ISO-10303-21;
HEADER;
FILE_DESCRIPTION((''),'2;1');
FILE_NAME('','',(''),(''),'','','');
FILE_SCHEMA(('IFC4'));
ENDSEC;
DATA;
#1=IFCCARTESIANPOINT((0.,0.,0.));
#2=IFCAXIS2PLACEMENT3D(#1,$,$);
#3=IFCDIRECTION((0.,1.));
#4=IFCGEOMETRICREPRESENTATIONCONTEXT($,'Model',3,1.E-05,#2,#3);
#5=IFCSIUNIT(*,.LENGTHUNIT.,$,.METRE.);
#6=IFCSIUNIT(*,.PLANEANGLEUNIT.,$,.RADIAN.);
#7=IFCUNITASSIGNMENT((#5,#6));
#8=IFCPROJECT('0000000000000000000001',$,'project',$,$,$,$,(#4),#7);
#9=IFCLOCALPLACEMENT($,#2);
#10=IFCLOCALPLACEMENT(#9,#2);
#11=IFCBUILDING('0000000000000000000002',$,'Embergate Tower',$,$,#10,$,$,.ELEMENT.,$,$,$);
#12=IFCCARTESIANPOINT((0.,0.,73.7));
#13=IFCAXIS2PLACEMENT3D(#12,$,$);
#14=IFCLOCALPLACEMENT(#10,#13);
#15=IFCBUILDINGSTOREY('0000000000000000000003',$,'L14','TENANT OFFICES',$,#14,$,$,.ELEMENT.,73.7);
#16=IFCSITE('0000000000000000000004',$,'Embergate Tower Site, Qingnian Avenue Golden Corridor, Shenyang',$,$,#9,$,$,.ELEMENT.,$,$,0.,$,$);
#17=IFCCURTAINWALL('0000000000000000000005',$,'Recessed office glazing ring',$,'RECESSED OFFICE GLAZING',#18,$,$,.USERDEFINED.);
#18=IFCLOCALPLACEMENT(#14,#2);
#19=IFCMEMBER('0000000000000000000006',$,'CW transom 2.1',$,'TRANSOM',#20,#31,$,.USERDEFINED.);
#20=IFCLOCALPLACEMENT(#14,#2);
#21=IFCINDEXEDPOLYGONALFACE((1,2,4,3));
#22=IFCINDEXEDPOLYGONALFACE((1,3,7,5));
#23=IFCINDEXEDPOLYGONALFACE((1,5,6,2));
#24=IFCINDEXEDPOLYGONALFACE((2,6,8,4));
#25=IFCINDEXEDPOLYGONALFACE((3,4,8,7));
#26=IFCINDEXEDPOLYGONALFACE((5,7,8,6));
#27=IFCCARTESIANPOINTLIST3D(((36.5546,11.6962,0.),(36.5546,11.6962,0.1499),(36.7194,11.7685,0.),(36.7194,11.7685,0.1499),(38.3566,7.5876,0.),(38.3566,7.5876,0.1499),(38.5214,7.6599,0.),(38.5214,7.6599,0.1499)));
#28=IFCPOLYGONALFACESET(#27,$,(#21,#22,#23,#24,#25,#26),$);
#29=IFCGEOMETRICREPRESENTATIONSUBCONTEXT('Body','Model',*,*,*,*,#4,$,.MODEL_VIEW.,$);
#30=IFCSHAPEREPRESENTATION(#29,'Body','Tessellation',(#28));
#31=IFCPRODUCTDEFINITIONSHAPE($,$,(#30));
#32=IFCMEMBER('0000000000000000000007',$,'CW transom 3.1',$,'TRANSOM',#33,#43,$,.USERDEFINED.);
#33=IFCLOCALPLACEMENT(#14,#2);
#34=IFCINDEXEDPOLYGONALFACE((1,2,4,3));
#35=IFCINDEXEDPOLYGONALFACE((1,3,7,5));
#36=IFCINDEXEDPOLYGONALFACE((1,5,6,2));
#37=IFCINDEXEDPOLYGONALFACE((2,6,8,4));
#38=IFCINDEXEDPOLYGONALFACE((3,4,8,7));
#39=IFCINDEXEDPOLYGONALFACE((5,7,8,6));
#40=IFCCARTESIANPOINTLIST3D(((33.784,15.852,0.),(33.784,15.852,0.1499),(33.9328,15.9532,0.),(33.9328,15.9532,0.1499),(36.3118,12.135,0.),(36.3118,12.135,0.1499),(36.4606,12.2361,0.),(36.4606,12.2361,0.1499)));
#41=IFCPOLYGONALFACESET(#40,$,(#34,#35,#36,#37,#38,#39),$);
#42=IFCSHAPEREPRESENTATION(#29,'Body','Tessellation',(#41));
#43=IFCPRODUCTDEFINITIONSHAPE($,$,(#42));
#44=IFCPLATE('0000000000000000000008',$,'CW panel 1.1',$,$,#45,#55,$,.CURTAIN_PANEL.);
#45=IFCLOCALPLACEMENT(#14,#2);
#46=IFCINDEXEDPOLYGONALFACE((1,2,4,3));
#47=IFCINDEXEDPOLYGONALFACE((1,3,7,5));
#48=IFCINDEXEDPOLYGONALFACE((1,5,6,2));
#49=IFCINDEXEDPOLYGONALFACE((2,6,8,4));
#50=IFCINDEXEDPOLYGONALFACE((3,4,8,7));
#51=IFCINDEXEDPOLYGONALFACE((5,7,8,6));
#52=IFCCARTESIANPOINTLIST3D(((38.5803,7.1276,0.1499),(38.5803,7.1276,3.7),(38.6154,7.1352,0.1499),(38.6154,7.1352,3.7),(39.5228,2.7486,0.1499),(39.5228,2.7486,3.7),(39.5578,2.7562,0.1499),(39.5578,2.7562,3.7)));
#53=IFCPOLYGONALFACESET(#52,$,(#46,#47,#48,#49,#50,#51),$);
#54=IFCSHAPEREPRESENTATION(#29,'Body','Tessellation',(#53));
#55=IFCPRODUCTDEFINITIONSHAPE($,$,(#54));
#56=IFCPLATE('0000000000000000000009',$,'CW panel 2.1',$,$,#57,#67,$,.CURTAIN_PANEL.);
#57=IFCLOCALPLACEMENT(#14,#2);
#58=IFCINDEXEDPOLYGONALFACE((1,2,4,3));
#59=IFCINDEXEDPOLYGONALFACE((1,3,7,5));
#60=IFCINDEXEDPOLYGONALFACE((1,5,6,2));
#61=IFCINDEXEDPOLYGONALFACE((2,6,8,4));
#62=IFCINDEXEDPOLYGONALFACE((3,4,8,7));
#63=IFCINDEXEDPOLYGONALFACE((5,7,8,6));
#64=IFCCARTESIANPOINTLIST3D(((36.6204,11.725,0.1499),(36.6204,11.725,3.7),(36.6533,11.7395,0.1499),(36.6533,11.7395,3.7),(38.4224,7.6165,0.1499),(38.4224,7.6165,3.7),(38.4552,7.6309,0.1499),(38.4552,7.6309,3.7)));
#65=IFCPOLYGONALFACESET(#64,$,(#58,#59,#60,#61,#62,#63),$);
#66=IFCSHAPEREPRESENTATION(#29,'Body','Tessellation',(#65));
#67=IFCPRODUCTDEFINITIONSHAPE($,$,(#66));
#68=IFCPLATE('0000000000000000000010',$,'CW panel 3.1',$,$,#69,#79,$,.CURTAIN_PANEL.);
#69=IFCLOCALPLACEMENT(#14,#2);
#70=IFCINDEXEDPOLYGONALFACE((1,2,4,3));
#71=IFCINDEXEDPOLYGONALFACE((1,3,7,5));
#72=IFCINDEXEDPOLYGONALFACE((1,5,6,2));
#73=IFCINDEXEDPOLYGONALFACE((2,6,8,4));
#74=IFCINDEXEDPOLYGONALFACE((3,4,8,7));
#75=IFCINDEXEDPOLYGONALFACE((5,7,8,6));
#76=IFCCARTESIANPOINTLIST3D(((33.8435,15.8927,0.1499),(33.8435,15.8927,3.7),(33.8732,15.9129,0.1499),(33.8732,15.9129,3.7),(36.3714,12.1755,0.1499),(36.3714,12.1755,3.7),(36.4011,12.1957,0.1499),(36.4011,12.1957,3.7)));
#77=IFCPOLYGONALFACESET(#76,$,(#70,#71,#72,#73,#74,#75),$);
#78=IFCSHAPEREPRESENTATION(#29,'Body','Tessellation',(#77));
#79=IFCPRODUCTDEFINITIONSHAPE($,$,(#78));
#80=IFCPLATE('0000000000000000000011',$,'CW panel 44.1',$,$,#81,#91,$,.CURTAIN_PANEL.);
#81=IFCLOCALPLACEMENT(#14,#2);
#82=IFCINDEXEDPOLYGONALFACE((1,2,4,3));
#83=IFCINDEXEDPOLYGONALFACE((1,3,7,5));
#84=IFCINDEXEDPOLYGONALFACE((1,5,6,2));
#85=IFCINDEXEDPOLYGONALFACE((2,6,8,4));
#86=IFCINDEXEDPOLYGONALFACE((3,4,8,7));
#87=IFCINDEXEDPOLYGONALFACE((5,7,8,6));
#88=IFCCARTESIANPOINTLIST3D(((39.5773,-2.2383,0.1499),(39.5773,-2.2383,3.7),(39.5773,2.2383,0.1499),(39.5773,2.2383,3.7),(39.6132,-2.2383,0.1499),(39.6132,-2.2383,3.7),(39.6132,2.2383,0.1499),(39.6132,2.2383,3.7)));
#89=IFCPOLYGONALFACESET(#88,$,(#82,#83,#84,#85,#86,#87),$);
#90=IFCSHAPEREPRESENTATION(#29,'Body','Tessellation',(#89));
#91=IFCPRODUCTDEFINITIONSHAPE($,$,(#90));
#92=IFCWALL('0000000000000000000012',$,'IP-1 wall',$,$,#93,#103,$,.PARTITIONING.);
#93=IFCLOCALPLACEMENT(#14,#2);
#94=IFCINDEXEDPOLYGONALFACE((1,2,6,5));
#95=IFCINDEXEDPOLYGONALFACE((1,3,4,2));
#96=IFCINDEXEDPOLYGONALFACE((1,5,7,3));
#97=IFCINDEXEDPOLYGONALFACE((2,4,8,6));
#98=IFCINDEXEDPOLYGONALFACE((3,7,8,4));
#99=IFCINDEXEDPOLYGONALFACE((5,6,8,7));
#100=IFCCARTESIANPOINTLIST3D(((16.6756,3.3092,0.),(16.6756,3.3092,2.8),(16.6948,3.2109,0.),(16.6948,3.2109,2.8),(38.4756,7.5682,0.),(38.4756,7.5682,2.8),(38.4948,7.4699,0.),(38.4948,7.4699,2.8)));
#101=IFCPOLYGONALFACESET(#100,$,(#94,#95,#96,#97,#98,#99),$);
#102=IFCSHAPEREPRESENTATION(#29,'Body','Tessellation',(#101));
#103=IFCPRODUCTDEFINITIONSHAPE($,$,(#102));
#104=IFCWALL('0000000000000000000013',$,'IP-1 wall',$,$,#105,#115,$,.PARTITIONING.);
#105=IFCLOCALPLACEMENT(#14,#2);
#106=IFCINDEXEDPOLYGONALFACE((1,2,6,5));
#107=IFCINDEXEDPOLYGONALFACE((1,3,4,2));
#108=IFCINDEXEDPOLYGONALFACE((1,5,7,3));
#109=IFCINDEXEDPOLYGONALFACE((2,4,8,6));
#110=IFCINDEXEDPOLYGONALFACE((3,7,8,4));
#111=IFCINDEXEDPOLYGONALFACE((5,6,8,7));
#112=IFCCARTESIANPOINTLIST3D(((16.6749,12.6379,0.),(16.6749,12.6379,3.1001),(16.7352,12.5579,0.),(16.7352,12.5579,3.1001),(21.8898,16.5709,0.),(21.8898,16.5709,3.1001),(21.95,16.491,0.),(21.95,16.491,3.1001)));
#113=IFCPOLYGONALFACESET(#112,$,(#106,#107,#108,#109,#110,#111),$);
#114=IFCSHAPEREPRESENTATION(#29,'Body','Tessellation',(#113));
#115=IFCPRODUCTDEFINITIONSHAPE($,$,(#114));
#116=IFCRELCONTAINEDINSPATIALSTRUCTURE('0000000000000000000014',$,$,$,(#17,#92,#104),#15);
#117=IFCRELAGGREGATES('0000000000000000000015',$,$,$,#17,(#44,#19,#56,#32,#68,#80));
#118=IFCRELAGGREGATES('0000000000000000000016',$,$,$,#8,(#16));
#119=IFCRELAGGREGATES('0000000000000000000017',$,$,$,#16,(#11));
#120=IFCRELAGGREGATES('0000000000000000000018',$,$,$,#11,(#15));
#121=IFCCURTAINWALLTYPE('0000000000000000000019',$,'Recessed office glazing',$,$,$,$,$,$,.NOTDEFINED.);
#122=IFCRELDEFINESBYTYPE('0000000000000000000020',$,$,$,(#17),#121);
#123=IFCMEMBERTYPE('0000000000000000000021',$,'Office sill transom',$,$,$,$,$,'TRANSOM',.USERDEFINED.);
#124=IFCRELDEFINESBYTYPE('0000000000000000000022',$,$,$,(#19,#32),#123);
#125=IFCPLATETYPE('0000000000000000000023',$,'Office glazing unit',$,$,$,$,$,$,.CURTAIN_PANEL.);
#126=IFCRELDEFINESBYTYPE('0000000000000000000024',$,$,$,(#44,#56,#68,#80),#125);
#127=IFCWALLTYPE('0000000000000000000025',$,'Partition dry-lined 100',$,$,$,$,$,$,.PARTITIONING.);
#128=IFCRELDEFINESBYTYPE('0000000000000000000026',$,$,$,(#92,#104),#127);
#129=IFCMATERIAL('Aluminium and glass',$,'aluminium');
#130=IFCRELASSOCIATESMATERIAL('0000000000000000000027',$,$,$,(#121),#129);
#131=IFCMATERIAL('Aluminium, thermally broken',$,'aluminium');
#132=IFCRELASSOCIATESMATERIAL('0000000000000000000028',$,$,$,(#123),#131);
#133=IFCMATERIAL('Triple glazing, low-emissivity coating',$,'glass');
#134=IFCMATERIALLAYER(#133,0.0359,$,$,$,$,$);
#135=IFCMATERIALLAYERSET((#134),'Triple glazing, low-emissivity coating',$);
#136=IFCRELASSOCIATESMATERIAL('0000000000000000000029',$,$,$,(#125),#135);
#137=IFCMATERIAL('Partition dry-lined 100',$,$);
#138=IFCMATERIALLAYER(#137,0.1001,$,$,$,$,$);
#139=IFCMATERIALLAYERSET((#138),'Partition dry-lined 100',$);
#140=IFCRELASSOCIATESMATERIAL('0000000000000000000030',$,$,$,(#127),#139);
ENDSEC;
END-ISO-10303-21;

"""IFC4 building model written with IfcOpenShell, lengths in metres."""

from ifc_helpers import new_model, si_unit, direction, frame, frame_2d, origin, origin_2d, place, context, subcontext, project, spatial, rectangle, extrude, source, transform, mapped, material, layer, layer_set, material_profile, profile_set, type_object, element, aggregate, save


model = new_model("IFC4")

# Units and contexts
model_context = context("Model", 3, precision=1e-05, world=origin(), true_north=direction((0.0, 1.0)))
body_context = subcontext(model_context, "Body", "Model", "MODEL_VIEW")
ifc_project = project(units=[si_unit("LENGTHUNIT", "METRE"), si_unit("PLANEANGLEUNIT", "RADIAN")], contexts=[model_context])

# Site, building, storey
site_placement = place(None, origin())
site = spatial("IfcSite", under=ifc_project, at=site_placement, Name="Embergate Tower Site, Qingnian Avenue Golden Corridor, Shenyang", CompositionType="ELEMENT", RefElevation=0.0)
building_placement = place(site_placement, origin())
building = spatial("IfcBuilding", under=site, at=building_placement, Name="Embergate Tower", CompositionType="ELEMENT")
storey_placement = place(building_placement, frame((0.0, 0.0, 73.7)))
storey = spatial("IfcBuildingStorey", under=building, at=storey_placement, Name="L14", Description="TENANT OFFICES", CompositionType="ELEMENT", Elevation=73.7)

# Curtain wall, members, plates
ifc_material_1 = material(Name="Aluminium and glass", Category="aluminium")
curtain_wall_type = type_object("IfcCurtainWallType", Name="Recessed office glazing", PredefinedType="NOTDEFINED", material=ifc_material_1)
curtain_wall_placement = place(storey_placement, origin())
curtain_wall = element("IfcCurtainWall", 1, at=curtain_wall_placement, inside=storey, type_object=curtain_wall_type, Name="Recessed office glazing ring", ObjectType="RECESSED OFFICE GLAZING", PredefinedType="USERDEFINED")
ifc_material_2 = material(Name="Aluminium, thermally broken", Category="aluminium")
ifc_material_profile_1 = material_profile(ifc_material_2, rectangle(XDim=0.1799, YDim=0.1499, at=origin_2d()), Name="AL 150x180")
ifc_profile_set_1 = profile_set([ifc_material_profile_1], Name="Aluminium, thermally broken")
member_type_1 = type_object("IfcMemberType", Name="Office sill transom", ElementType="TRANSOM", PredefinedType="USERDEFINED", material=ifc_profile_set_1)
shared_shape_1 = source(origin(), body_context, "Body", "SweptSolid", [
    extrude(rectangle(XDim=0.1799, YDim=0.1499, at=origin_2d()), origin(), (0.0, 0.0, 1.0), 4.4863),
])
member_1_placement = place(storey_placement, frame((38.439, 7.6238, 0.075), z_axis=(-0.401655, 0.915791, 0.0), x_axis=(-0.915791, -0.401655, 0.0)))
member_1 = element("IfcMember", 2, at=member_1_placement, type_object=member_type_1, Name="CW transom 2.1", ObjectType="TRANSOM", PredefinedType="USERDEFINED", context=body_context, shape_type="MappedRepresentation", body=[
    mapped(shared_shape_1, transform((0.0, 0.0, 0.0))),
])
shared_shape_2 = source(origin(), body_context, "Body", "SweptSolid", [
    extrude(rectangle(XDim=0.1799, YDim=0.1499, at=origin_2d()), origin(), (0.0, 0.0, 1.0), 4.4951),
])
member_2_placement = place(storey_placement, frame((36.3862, 12.1855, 0.075), z_axis=(-0.562347, 0.826901, 0.0), x_axis=(-0.826901, -0.562347, 0.0)))
member_2 = element("IfcMember", 3, at=member_2_placement, type_object=member_type_1, Name="CW transom 3.1", ObjectType="TRANSOM", PredefinedType="USERDEFINED", context=body_context, shape_type="MappedRepresentation", body=[
    mapped(shared_shape_2, transform((0.0, 0.0, 0.0))),
])
ifc_material_3 = material(Name="Triple glazing, low-emissivity coating", Category="glass")
ifc_layer_1 = layer(ifc_material_3, 0.0359)
ifc_layer_set_1 = layer_set([ifc_layer_1], Name="Triple glazing, low-emissivity coating")
plate_type = type_object("IfcPlateType", Name="Office glazing unit", PredefinedType="CURTAIN_PANEL", material=ifc_layer_set_1)
shared_shape_3 = source(origin(), body_context, "Body", "SweptSolid", [
    extrude(rectangle(XDim=4.4792, YDim=0.0359, at=origin_2d()), origin(), (0.0, 0.0, 1.0), 3.55),
])
plate_1_placement = place(storey_placement, frame((39.0691, 4.9419, 0.1499), z_axis=(0.0, 0.0, 1.0), x_axis=(-0.210395, 0.977616, 0.0)))
plate_1 = element("IfcPlate", 4, at=plate_1_placement, type_object=plate_type, Name="CW panel 1.1", PredefinedType="CURTAIN_PANEL", context=body_context, shape_type="MappedRepresentation", body=[
    mapped(shared_shape_3, transform((0.0, 0.0, 0.0))),
])
shared_shape_4 = source(origin(), body_context, "Body", "SweptSolid", [
    extrude(rectangle(XDim=4.4863, YDim=0.0359, at=origin_2d()), origin(), (0.0, 0.0, 1.0), 3.55),
])
plate_2_placement = place(storey_placement, frame((37.5378, 9.678, 0.1499), z_axis=(0.0, 0.0, 1.0), x_axis=(-0.401647, 0.915794, 0.0)))
plate_2 = element("IfcPlate", 5, at=plate_2_placement, type_object=plate_type, Name="CW panel 2.1", PredefinedType="CURTAIN_PANEL", context=body_context, shape_type="MappedRepresentation", body=[
    mapped(shared_shape_4, transform((0.0, 0.0, 0.0))),
])
shared_shape_5 = source(origin(), body_context, "Body", "SweptSolid", [
    extrude(rectangle(XDim=4.4954, YDim=0.0359, at=origin_2d()), origin(), (0.0, 0.0, 1.0), 3.55),
])
plate_3_placement = place(storey_placement, frame((35.1223, 14.0442, 0.1499), z_axis=(0.0, 0.0, 1.0), x_axis=(-0.562337, 0.826908, 0.0)))
plate_3 = element("IfcPlate", 6, at=plate_3_placement, type_object=plate_type, Name="CW panel 3.1", PredefinedType="CURTAIN_PANEL", context=body_context, shape_type="MappedRepresentation", body=[
    mapped(shared_shape_5, transform((0.0, 0.0, 0.0))),
])
shared_shape_6 = source(origin(), body_context, "Body", "SweptSolid", [
    extrude(rectangle(XDim=4.4766, YDim=0.0359, at=origin_2d()), origin(), (0.0, 0.0, 1.0), 3.55),
])
plate_4_placement = place(storey_placement, frame((39.5952, 0.0, 0.1499), z_axis=(0.0, 0.0, 1.0), x_axis=(0.0, 1.0, 0.0)))
plate_4 = element("IfcPlate", 7, at=plate_4_placement, type_object=plate_type, Name="CW panel 44.1", PredefinedType="CURTAIN_PANEL", context=body_context, shape_type="MappedRepresentation", body=[
    mapped(shared_shape_6, transform((0.0, 0.0, 0.0))),
])
aggregate(curtain_wall, [plate_1, member_1, plate_2, member_2, plate_3, plate_4])

# Walls
ifc_material_4 = material(Name="Partition dry-lined 100")
ifc_layer_2 = layer(ifc_material_4, 0.1001)
ifc_layer_set_2 = layer_set([ifc_layer_2], Name="Partition dry-lined 100")
wall_type = type_object("IfcWallType", Name="Partition dry-lined 100", PredefinedType="PARTITIONING", material=ifc_layer_set_2)
shared_shape_7 = source(origin(), body_context, "Body", "SweptSolid", [
    extrude(rectangle(XDim=22.2122, YDim=0.1001, at=frame_2d((11.106, 0.0))), origin(), (0.0, 0.0, 1.0), 2.8),
])
wall_1_placement = place(storey_placement, frame((38.4851, 7.519, 0.0), z_axis=(0.0, 0.0, 1.0), x_axis=(-0.981445, -0.191743, 0.0)))
element("IfcWall", 8, at=wall_1_placement, inside=storey, type_object=wall_type, Name="IP-1 wall", PredefinedType="PARTITIONING", context=body_context, shape_type="MappedRepresentation", body=[
    mapped(shared_shape_7, transform((0.0, 0.0, 0.0))),
])
shared_shape_8 = source(origin(), body_context, "Body", "SweptSolid", [
    extrude(rectangle(XDim=6.5317, YDim=0.1001, at=frame_2d((3.2659, 0.0))), origin(), (0.0, 0.0, 1.0), 3.1001),
])
wall_2_placement = place(storey_placement, frame((16.7051, 12.5979, 0.0), z_axis=(0.0, 0.0, 1.0), x_axis=(0.798382, 0.602151, 0.0)))
element("IfcWall", 9, at=wall_2_placement, inside=storey, type_object=wall_type, Name="IP-1 wall", PredefinedType="PARTITIONING", context=body_context, shape_type="MappedRepresentation", body=[
    mapped(shared_shape_8, transform((0.0, 0.0, 0.0))),
])

save(model, "model.ifc")
